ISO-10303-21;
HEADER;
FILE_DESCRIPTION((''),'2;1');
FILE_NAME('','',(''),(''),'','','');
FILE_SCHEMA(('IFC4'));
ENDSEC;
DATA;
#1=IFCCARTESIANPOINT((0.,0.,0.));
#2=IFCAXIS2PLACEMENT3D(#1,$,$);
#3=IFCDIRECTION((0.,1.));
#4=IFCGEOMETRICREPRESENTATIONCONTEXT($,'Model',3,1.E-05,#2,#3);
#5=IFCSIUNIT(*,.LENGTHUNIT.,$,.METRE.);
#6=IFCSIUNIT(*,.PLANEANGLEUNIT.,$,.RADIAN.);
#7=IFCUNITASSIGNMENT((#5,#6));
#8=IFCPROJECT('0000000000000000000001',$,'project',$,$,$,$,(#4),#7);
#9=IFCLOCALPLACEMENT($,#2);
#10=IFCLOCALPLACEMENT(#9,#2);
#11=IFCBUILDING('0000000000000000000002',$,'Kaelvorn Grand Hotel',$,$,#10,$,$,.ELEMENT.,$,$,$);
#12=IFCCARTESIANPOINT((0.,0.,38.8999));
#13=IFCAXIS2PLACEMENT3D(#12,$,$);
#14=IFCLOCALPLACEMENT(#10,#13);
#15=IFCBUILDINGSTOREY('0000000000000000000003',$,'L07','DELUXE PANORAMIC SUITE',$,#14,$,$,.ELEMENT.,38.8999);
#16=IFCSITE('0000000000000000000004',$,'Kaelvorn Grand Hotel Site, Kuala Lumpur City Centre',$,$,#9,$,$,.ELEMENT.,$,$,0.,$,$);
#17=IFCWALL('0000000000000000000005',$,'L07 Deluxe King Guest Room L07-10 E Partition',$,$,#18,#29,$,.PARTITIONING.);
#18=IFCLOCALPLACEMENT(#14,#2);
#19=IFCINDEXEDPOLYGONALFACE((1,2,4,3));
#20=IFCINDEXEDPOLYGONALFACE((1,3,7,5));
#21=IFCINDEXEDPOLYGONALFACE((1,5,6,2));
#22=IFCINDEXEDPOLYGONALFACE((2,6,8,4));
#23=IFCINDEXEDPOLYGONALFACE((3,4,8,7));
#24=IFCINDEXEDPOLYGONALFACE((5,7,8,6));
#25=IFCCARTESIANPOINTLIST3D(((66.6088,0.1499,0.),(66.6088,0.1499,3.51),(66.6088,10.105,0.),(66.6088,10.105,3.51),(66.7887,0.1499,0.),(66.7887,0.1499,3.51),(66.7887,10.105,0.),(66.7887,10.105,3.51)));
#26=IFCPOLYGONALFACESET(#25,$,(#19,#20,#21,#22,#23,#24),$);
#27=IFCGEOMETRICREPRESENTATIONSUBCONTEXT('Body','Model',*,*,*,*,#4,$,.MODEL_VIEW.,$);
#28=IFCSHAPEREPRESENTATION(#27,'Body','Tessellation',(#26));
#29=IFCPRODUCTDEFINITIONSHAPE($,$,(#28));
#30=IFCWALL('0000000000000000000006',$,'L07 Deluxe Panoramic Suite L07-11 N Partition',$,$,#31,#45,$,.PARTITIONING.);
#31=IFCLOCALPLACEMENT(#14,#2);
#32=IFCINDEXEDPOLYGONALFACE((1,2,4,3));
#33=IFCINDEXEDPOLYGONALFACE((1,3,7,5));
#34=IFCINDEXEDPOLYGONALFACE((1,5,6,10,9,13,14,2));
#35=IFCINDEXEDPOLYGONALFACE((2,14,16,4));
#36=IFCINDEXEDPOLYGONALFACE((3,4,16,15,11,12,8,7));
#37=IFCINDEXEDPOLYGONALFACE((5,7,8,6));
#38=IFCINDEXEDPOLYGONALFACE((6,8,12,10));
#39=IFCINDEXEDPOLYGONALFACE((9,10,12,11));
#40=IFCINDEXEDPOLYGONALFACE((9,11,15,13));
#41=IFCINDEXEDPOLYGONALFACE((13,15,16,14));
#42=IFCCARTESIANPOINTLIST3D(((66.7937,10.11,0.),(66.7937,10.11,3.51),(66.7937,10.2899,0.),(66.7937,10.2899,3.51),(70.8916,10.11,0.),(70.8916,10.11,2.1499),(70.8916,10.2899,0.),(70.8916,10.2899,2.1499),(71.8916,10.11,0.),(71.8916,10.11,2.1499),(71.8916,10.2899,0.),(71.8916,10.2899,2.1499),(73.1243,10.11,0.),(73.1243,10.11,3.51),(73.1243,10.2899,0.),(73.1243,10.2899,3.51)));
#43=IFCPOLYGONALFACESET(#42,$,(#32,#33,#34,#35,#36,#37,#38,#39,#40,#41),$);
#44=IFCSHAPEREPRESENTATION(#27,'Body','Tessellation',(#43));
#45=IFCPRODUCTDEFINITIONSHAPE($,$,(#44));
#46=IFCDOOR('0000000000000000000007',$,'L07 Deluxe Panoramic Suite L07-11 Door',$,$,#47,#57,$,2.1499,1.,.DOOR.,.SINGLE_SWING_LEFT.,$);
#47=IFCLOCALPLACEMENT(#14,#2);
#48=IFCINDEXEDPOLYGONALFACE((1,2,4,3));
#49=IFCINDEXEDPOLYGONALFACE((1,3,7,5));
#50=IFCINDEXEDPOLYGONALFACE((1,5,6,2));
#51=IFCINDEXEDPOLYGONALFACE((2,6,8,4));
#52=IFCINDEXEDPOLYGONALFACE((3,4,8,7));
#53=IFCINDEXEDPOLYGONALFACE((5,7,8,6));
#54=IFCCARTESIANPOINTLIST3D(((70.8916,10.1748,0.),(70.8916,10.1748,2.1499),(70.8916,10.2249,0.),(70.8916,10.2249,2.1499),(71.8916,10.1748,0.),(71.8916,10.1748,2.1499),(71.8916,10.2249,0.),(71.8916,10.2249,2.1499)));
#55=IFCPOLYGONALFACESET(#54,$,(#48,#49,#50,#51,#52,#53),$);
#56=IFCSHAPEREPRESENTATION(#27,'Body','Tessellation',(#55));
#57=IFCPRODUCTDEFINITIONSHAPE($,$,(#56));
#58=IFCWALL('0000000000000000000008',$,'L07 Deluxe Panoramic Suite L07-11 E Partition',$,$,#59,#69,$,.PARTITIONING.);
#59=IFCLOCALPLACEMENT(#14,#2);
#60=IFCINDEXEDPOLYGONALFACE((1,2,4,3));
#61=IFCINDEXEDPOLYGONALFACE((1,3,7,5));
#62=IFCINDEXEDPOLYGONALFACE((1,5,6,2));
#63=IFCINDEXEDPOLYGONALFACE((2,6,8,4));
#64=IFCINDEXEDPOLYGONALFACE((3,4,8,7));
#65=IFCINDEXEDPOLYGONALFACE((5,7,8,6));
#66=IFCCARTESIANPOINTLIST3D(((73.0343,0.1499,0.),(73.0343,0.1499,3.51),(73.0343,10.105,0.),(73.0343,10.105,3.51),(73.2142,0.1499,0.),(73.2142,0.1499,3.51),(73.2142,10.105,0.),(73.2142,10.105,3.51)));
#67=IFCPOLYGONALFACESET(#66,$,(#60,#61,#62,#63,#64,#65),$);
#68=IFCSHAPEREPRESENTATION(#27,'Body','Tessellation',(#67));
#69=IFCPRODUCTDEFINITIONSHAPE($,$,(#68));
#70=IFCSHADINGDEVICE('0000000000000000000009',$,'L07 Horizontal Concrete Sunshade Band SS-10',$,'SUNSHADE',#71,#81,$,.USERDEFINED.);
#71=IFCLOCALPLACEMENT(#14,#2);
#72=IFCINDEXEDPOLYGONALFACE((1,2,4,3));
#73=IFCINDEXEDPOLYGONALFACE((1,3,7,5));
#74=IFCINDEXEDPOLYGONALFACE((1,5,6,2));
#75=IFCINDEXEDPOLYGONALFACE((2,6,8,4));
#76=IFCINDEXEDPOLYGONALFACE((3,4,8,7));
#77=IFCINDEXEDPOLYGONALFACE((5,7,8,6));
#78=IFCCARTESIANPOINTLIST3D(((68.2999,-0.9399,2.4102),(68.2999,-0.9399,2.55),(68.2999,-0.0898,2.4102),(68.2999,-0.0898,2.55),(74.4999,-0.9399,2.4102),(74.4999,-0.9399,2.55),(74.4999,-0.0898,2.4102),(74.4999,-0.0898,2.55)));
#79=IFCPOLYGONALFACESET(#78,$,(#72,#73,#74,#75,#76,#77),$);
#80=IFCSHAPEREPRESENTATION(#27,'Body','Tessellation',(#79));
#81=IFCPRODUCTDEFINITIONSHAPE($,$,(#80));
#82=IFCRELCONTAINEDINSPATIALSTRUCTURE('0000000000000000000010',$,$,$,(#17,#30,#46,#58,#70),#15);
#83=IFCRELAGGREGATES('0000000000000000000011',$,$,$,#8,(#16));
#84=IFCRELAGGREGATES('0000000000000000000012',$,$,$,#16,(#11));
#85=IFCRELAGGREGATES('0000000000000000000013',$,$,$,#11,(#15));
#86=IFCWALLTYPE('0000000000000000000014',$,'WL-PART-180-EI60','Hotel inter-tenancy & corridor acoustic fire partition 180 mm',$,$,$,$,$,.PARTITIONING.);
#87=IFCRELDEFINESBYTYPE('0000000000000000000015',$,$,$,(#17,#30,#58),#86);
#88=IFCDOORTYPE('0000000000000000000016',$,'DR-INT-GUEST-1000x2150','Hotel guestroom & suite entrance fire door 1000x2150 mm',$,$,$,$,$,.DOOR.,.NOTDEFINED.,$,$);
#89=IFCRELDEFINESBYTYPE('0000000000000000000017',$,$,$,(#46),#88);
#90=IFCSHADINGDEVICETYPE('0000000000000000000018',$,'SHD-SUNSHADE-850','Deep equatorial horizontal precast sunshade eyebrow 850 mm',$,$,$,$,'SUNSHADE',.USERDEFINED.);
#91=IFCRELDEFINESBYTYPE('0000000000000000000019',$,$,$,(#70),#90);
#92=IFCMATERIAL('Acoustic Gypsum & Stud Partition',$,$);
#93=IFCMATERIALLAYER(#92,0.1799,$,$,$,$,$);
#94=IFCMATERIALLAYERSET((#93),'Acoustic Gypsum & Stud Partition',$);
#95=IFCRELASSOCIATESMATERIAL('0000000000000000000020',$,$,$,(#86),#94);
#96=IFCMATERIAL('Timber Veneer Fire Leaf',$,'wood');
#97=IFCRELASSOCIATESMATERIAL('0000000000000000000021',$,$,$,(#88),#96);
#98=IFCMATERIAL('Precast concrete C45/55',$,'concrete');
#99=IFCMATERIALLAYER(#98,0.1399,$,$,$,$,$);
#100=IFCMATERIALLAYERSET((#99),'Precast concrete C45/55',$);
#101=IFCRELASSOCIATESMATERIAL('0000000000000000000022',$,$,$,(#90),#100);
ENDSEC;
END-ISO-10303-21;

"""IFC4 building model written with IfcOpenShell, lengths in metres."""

from ifc_helpers import new_model, si_unit, direction, frame, frame_2d, origin, origin_2d, place, context, subcontext, project, spatial, rectangle, extrude, material, layer, layer_set, type_object, element, fill, save


model = new_model("IFC4")

# Units and contexts
model_context = context("Model", 3, precision=1e-05, world=origin(), true_north=direction((0.0, 1.0)))
body_context = subcontext(model_context, "Body", "Model", "MODEL_VIEW")
ifc_project = project(units=[si_unit("LENGTHUNIT", "METRE"), si_unit("PLANEANGLEUNIT", "RADIAN")], contexts=[model_context])

# Site, building, storey
site_placement = place(None, origin())
site = spatial("IfcSite", under=ifc_project, at=site_placement, Name="Kaelvorn Grand Hotel Site, Kuala Lumpur City Centre", CompositionType="ELEMENT", RefElevation=0.0)
building_placement = place(site_placement, origin())
building = spatial("IfcBuilding", under=site, at=building_placement, Name="Kaelvorn Grand Hotel", CompositionType="ELEMENT")
storey_placement = place(building_placement, frame((0.0, 0.0, 38.8999)))
storey = spatial("IfcBuildingStorey", under=building, at=storey_placement, Name="L07", Description="DELUXE PANORAMIC SUITE", CompositionType="ELEMENT", Elevation=38.8999)

# Wall
ifc_material_1 = material(Name="Acoustic Gypsum & Stud Partition")
ifc_layer_1 = layer(ifc_material_1, 0.1799)
ifc_layer_set_1 = layer_set([ifc_layer_1], Name="Acoustic Gypsum & Stud Partition")
wall_type_1 = type_object("IfcWallType", Name="WL-PART-180-EI60", Description="Hotel inter-tenancy & corridor acoustic fire partition 180 mm", PredefinedType="PARTITIONING", material=ifc_layer_set_1)
wall_1_placement = place(storey_placement, frame((66.6987, 0.1499, 0.0), z_axis=(0.0, 0.0, 1.0), x_axis=(0.0, 1.0, 0.0)))
element("IfcWall", 1, at=wall_1_placement, inside=storey, type_object=wall_type_1, Name="L07 Deluxe King Guest Room L07-10 E Partition", PredefinedType="PARTITIONING", context=body_context, shape_type="SweptSolid", body=[
    extrude(rectangle(XDim=9.9551, YDim=0.1799, at=frame_2d((4.9775, 0.0))), origin(), (0.0, 0.0, 1.0), 3.51),
])

# Wall, opening, door
wall_2_placement = place(storey_placement, frame((66.7937, 10.2, 0.0), z_axis=(0.0, 0.0, 1.0), x_axis=(1.0, 0.0, 0.0)))
wall_2 = element("IfcWall", 2, at=wall_2_placement, inside=storey, type_object=wall_type_1, Name="L07 Deluxe Panoramic Suite L07-11 N Partition", PredefinedType="PARTITIONING", context=body_context, shape_type="SweptSolid", body=[
    extrude(rectangle(XDim=6.3306, YDim=0.1799, at=frame_2d((3.1653, 0.0))), origin(), (0.0, 0.0, 1.0), 3.51),
])
opening_1_placement = place(wall_2_placement, frame((4.0979, 0.0, 0.0)))
opening_1 = element("IfcOpeningElement", 3, at=opening_1_placement, cuts=wall_2, PredefinedType="OPENING", context=body_context, shape_type="SweptSolid", body=[
    extrude(rectangle(XDim=1.0, YDim=2.1499, at=frame_2d((0.5, 1.075))), frame((0.0, 0.1001, 0.0), z_axis=(0.0, -1.0, 0.0), x_axis=(1.0, 0.0, 0.0)), (0.0, 0.0, 1.0), 0.2),
])
ifc_material_2 = material(Name="Timber Veneer Fire Leaf", Category="wood")
door_type_1 = type_object("IfcDoorType", Name="DR-INT-GUEST-1000x2150", Description="Hotel guestroom & suite entrance fire door 1000x2150 mm", OperationType="NOTDEFINED", PredefinedType="DOOR", material=ifc_material_2)
door_1_placement = place(opening_1_placement, origin())
door_1 = element("IfcDoor", 4, at=door_1_placement, inside=storey, type_object=door_type_1, Name="L07 Deluxe Panoramic Suite L07-11 Door", OperationType="SINGLE_SWING_LEFT", OverallHeight=2.1499, OverallWidth=1.0, PredefinedType="DOOR", context=body_context, shape_type="SweptSolid", body=[
    extrude(rectangle(XDim=1.0, YDim=2.1499, at=frame_2d((0.5, 1.075))), frame((0.0, 0.0249, 0.0), z_axis=(0.0, -1.0, 0.0), x_axis=(1.0, 0.0, 0.0)), (0.0, 0.0, 1.0), 0.05),
])
fill(opening_1, door_1)

# Wall
wall_3_placement = place(storey_placement, frame((73.1243, 0.1499, 0.0), z_axis=(0.0, 0.0, 1.0), x_axis=(0.0, 1.0, 0.0)))
element("IfcWall", 5, at=wall_3_placement, inside=storey, type_object=wall_type_1, Name="L07 Deluxe Panoramic Suite L07-11 E Partition", PredefinedType="PARTITIONING", context=body_context, shape_type="SweptSolid", body=[
    extrude(rectangle(XDim=9.9551, YDim=0.1799, at=frame_2d((4.9775, 0.0))), origin(), (0.0, 0.0, 1.0), 3.51),
])

# Shading device
ifc_material_3 = material(Name="Precast concrete C45/55", Category="concrete")
ifc_layer_2 = layer(ifc_material_3, 0.1399)
ifc_layer_set_2 = layer_set([ifc_layer_2], Name="Precast concrete C45/55")
shading_device_type = type_object("IfcShadingDeviceType", Name="SHD-SUNSHADE-850", Description="Deep equatorial horizontal precast sunshade eyebrow 850 mm", ElementType="SUNSHADE", PredefinedType="USERDEFINED", material=ifc_layer_set_2)
shading_device_placement = place(storey_placement, frame((71.3999, -0.5149, 2.4102), z_axis=(0.0, 0.0, 1.0), x_axis=(1.0, 0.0, 0.0)))
element("IfcShadingDevice", 6, at=shading_device_placement, inside=storey, type_object=shading_device_type, Name="L07 Horizontal Concrete Sunshade Band SS-10", ObjectType="SUNSHADE", PredefinedType="USERDEFINED", context=body_context, shape_type="SweptSolid", body=[
    extrude(rectangle(XDim=6.2, YDim=0.8501, at=origin_2d()), origin(), (0.0, 0.0, 1.0), 0.1399),
])

save(model, "model.ifc")
